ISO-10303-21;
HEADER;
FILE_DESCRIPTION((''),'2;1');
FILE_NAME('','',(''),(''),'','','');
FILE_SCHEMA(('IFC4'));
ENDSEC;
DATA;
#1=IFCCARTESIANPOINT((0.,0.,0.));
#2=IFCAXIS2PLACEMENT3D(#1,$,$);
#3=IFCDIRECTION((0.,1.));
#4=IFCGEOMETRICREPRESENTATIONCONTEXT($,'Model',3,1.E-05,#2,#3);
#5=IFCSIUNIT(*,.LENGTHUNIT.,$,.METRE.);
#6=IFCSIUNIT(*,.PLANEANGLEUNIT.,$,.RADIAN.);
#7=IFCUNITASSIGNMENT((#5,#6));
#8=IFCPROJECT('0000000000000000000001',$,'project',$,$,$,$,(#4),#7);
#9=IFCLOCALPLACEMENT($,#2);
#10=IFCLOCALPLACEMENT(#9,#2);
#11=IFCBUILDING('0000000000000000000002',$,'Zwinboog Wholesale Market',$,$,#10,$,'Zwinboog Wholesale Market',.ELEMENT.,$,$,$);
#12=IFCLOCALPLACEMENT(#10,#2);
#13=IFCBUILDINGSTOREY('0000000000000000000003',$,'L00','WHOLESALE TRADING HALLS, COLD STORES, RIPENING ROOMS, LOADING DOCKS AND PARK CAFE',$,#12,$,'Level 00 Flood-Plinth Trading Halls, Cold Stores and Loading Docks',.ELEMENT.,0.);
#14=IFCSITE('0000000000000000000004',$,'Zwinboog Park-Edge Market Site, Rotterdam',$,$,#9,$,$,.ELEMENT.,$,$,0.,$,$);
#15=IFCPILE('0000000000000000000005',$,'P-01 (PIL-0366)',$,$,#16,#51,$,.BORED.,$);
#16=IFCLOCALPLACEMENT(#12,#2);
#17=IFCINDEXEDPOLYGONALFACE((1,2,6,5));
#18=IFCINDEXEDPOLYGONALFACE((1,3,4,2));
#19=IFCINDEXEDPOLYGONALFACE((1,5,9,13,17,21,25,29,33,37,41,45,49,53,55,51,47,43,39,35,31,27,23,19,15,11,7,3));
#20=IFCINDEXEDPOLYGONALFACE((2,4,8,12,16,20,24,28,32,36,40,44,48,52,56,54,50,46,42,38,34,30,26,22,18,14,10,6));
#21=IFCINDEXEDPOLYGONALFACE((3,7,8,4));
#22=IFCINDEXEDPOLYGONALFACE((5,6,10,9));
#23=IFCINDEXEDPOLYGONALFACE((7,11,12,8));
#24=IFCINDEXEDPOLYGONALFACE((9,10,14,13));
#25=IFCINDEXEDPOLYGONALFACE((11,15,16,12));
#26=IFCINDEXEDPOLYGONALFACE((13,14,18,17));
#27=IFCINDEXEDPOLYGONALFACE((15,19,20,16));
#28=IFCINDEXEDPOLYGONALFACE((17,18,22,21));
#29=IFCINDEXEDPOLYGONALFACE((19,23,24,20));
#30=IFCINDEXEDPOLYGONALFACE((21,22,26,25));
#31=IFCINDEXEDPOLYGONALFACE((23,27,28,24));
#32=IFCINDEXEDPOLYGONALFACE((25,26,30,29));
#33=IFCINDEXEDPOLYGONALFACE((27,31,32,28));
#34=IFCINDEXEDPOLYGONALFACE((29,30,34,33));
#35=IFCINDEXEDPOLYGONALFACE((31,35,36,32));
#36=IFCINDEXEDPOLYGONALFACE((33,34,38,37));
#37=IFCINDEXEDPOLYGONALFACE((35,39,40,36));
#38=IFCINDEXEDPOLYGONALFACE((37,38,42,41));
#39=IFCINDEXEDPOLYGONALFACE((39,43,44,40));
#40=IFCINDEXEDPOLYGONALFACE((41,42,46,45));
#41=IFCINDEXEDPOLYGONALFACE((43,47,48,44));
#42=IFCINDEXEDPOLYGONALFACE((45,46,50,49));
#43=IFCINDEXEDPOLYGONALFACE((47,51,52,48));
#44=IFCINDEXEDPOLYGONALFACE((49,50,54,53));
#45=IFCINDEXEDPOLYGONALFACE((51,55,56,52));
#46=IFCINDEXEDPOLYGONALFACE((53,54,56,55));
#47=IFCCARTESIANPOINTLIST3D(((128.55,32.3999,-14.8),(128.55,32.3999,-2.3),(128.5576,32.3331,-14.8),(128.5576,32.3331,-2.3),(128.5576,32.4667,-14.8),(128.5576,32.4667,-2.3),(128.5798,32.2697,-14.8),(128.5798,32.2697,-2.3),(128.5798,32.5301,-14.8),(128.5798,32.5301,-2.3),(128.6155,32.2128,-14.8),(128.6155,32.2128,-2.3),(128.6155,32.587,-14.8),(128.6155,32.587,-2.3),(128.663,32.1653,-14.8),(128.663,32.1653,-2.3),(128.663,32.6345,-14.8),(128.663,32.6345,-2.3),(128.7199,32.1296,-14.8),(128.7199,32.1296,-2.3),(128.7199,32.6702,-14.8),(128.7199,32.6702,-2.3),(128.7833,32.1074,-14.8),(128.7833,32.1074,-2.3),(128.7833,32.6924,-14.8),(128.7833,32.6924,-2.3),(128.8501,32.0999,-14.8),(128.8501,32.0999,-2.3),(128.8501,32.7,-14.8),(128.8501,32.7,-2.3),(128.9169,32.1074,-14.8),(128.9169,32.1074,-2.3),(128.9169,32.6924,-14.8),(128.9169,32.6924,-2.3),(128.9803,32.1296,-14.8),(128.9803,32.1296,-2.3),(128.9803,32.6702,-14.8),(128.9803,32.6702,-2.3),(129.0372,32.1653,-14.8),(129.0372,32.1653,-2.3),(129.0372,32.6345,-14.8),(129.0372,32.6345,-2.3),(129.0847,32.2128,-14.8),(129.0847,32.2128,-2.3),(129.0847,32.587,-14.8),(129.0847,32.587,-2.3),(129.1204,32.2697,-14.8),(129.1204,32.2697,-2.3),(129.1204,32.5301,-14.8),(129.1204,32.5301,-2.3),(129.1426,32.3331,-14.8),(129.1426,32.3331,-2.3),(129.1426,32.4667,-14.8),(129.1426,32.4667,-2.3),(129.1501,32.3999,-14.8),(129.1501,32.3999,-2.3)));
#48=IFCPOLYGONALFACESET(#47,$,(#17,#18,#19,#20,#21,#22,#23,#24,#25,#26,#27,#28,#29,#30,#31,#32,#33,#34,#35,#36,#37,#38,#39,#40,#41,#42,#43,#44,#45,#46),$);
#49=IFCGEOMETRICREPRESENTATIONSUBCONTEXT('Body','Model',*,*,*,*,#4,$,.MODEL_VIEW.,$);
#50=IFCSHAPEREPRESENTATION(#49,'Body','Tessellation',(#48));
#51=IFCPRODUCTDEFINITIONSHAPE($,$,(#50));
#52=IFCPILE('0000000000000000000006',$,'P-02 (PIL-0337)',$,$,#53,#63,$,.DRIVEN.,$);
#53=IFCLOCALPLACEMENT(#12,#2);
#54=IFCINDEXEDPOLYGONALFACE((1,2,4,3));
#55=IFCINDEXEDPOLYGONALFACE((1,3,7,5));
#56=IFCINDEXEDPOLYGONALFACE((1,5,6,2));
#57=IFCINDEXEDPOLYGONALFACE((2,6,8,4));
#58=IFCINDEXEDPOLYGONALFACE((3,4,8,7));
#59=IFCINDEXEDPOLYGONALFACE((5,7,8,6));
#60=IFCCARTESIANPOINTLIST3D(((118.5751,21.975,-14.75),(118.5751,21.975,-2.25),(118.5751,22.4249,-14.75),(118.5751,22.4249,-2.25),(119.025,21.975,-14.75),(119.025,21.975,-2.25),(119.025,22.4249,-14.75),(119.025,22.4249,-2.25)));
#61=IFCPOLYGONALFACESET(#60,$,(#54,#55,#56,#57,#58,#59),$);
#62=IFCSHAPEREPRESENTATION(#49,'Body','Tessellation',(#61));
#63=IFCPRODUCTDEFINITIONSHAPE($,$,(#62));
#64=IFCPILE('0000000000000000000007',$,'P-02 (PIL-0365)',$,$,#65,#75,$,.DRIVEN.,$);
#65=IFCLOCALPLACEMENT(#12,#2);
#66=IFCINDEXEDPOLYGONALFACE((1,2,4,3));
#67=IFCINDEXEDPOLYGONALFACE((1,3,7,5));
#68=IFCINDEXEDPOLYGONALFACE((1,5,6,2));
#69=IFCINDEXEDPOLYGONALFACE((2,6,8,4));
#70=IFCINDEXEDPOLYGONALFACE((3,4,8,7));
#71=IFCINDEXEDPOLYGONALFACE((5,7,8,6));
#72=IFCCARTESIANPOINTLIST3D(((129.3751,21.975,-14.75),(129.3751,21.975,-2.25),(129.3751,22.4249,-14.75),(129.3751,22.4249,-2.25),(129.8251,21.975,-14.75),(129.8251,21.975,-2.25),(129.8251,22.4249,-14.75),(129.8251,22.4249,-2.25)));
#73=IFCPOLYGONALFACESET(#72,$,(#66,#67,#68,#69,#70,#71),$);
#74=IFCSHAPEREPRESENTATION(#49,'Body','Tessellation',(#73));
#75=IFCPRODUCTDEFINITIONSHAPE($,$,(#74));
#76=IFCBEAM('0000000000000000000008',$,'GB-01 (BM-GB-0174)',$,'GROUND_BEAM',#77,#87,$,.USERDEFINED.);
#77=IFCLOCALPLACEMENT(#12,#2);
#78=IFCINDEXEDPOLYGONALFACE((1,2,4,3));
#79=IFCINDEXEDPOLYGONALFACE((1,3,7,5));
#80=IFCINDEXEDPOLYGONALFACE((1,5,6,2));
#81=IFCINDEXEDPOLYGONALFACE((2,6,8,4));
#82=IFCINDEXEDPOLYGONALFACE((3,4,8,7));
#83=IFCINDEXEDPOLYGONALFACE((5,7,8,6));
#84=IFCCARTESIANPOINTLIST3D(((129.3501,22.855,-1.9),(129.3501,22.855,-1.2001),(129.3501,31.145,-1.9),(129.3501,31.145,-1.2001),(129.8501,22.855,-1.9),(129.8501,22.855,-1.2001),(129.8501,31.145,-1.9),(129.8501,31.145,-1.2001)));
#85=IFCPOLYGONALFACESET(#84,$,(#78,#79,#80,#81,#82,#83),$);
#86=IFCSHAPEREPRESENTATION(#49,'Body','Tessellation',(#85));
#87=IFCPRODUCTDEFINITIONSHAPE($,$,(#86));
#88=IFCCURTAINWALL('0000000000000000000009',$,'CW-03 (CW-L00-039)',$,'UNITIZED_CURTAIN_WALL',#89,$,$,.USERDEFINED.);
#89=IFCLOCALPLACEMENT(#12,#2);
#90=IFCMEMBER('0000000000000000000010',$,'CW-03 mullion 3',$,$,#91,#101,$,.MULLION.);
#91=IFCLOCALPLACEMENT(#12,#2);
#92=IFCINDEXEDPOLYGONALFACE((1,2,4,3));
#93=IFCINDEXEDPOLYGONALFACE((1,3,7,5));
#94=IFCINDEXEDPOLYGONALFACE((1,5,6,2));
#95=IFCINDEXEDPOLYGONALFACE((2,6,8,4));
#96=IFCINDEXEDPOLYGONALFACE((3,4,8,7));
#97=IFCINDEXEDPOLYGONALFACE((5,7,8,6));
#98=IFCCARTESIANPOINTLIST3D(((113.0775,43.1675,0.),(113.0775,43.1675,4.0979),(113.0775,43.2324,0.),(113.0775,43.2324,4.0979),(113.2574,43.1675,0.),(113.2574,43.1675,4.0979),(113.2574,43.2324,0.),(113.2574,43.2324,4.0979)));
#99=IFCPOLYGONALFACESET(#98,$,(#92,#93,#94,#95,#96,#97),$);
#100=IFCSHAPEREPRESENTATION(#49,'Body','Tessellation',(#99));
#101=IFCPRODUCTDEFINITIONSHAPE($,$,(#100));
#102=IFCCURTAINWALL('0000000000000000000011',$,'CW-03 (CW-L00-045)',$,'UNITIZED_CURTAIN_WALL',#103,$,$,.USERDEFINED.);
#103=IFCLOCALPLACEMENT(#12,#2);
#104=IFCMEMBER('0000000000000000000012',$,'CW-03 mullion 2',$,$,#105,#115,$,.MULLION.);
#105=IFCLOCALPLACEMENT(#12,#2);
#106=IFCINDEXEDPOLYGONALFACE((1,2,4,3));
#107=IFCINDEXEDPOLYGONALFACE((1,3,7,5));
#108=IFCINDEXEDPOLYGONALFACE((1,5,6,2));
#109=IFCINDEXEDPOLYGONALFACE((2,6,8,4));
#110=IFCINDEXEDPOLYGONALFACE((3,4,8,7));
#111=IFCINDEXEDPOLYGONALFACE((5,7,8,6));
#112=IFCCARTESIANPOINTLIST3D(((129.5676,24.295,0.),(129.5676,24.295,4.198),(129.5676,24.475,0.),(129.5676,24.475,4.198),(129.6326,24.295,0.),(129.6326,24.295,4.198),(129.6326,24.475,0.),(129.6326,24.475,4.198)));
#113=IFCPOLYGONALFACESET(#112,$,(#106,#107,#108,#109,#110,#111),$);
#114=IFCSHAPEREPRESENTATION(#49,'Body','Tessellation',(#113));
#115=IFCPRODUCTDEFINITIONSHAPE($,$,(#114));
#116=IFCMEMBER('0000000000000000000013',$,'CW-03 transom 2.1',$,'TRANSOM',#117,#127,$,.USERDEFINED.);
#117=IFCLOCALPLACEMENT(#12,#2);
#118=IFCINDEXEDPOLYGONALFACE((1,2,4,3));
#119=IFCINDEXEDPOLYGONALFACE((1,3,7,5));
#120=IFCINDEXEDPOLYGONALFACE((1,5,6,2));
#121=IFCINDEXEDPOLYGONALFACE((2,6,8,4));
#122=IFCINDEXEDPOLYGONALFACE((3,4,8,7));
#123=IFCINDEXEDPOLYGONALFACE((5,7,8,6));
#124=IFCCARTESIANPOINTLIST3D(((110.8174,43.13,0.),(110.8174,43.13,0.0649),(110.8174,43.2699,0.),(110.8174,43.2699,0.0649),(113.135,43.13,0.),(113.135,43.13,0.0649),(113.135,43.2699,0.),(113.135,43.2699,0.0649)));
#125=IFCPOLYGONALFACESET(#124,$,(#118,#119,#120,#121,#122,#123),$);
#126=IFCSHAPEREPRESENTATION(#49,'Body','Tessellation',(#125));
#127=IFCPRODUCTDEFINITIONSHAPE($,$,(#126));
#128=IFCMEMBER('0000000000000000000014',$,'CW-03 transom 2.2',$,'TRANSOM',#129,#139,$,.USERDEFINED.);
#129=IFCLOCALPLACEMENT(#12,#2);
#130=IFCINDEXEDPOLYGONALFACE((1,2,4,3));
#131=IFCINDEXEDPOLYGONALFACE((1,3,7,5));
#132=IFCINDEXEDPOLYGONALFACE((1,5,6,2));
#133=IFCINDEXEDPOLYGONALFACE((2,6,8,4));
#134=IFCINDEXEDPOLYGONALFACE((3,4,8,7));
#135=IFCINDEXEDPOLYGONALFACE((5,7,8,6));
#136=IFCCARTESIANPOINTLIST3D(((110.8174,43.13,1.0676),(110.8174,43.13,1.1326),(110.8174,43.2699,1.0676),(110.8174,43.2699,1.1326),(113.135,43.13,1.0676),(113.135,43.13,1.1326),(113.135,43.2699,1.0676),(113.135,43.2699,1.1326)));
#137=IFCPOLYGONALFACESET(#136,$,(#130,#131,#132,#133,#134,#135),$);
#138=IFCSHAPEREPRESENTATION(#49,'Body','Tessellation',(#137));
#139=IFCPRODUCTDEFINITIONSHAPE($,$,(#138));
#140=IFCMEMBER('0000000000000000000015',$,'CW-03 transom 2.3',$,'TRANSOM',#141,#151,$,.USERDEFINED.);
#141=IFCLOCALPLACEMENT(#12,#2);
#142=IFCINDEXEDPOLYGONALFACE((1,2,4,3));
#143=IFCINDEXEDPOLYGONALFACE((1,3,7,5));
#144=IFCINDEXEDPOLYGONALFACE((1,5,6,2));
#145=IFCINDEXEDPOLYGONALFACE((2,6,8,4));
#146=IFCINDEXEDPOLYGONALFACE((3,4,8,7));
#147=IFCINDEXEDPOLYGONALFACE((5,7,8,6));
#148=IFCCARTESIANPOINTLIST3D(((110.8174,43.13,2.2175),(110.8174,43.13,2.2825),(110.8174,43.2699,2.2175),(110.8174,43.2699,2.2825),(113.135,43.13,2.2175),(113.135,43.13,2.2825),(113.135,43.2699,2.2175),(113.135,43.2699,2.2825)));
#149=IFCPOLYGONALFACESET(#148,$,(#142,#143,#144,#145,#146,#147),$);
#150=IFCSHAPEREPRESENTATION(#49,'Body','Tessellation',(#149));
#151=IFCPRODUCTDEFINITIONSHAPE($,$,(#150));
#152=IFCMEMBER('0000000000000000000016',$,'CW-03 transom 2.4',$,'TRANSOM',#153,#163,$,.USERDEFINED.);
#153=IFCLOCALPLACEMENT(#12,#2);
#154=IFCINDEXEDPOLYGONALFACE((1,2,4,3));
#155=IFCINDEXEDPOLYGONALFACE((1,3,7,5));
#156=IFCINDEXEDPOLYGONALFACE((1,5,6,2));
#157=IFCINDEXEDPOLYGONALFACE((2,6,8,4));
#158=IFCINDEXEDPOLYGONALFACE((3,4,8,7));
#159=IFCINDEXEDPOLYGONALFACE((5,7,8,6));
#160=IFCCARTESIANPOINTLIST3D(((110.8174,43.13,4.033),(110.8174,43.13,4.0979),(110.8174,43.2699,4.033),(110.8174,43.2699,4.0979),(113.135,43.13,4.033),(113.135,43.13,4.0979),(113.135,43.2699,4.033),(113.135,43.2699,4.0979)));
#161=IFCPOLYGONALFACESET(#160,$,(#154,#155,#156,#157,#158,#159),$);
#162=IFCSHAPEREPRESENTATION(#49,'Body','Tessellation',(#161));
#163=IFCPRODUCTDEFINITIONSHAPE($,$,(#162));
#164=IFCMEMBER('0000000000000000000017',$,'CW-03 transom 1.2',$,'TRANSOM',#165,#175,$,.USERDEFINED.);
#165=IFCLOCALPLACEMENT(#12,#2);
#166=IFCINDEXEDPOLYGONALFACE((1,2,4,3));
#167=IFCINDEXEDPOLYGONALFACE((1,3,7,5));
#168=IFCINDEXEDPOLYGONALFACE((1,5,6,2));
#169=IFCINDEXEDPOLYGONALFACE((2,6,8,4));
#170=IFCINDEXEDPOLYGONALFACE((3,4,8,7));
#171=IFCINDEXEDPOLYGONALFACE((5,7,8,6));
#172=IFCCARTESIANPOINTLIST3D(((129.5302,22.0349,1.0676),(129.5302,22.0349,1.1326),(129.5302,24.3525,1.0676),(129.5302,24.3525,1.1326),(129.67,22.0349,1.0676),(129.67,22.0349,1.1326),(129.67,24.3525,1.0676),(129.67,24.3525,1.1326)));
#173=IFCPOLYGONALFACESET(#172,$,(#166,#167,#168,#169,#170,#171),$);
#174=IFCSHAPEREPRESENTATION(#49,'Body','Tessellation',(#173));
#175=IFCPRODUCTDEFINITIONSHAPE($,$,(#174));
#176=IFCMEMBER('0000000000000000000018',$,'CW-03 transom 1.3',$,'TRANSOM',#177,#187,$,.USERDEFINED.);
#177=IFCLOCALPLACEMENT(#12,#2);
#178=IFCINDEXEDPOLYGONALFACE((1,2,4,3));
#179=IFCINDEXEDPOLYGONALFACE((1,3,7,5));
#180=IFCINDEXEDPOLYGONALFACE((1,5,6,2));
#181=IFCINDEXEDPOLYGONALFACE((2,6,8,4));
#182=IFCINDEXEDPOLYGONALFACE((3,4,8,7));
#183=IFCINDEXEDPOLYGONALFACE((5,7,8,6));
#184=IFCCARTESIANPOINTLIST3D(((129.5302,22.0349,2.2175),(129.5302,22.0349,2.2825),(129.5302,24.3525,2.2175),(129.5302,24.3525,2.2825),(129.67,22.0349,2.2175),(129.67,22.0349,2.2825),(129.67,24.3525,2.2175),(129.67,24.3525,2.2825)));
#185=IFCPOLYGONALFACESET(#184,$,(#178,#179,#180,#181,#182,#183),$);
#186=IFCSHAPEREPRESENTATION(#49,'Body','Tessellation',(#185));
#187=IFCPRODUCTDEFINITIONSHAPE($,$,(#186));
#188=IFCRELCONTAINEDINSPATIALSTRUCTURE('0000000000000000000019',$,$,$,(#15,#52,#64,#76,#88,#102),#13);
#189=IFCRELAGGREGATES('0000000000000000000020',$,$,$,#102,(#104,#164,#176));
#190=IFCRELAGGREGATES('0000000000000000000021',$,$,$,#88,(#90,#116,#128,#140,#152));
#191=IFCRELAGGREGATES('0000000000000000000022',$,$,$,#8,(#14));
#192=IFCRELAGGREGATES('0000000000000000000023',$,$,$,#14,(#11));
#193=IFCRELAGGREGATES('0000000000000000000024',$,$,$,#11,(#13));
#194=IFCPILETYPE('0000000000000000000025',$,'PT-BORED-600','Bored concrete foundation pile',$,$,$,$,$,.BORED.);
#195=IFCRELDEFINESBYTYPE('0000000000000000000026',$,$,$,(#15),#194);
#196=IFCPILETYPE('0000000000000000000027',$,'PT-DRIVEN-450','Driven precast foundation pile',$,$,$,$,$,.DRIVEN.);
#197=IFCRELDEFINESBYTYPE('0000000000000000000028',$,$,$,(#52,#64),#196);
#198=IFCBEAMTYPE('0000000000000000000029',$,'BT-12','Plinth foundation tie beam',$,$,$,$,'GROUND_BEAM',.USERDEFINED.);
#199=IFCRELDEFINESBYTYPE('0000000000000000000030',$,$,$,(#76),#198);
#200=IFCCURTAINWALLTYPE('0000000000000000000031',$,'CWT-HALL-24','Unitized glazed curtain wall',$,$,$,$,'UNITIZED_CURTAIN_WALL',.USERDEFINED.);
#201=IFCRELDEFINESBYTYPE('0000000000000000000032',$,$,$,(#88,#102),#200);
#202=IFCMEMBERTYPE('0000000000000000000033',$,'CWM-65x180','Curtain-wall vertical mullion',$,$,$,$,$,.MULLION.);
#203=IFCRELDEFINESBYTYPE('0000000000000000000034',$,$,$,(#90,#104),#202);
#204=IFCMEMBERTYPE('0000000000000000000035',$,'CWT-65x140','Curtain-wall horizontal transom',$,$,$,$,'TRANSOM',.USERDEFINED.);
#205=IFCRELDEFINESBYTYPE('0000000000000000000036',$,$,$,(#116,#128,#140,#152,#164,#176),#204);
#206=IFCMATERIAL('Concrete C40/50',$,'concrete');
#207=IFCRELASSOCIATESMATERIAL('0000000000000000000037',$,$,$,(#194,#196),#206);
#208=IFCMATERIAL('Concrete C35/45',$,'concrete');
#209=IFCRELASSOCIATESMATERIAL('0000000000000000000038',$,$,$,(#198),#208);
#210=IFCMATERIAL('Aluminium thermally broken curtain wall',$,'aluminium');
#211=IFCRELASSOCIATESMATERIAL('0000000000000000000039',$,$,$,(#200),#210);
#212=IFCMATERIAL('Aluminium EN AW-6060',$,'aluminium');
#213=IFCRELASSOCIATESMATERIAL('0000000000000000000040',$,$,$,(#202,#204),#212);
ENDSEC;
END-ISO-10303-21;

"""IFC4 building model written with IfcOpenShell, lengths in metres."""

from ifc_helpers import new_model, si_unit, direction, frame, origin, origin_2d, place, context, subcontext, project, spatial, rectangle, circle, extrude, material, material_profile, profile_set, type_object, element, aggregate, save


model = new_model("IFC4")

# Units and contexts
model_context = context("Model", 3, precision=1e-05, world=origin(), true_north=direction((0.0, 1.0)))
body_context = subcontext(model_context, "Body", "Model", "MODEL_VIEW")
ifc_project = project(units=[si_unit("LENGTHUNIT", "METRE"), si_unit("PLANEANGLEUNIT", "RADIAN")], contexts=[model_context])

# Site, building, storey
site_placement = place(None, origin())
site = spatial("IfcSite", under=ifc_project, at=site_placement, Name="Zwinboog Park-Edge Market Site, Rotterdam", CompositionType="ELEMENT", RefElevation=0.0)
building_placement = place(site_placement, origin())
building = spatial("IfcBuilding", under=site, at=building_placement, Name="Zwinboog Wholesale Market", LongName="Zwinboog Wholesale Market", CompositionType="ELEMENT")
storey_placement = place(building_placement, origin())
storey = spatial("IfcBuildingStorey", under=building, at=storey_placement, Name="L00", Description="WHOLESALE TRADING HALLS, COLD STORES, RIPENING ROOMS, LOADING DOCKS AND PARK CAFE", LongName="Level 00 Flood-Plinth Trading Halls, Cold Stores and Loading Docks", CompositionType="ELEMENT", Elevation=0.0)

# Piles
ifc_material_1 = material(Name="Concrete C40/50", Category="concrete")
ifc_material_profile_1 = material_profile(ifc_material_1, circle(Radius=0.3, at=origin_2d()), Name="PILE D600")
ifc_profile_set_1 = profile_set([ifc_material_profile_1], Name="Concrete C40/50")
pile_type_1 = type_object("IfcPileType", Name="PT-BORED-600", Description="Bored concrete foundation pile", PredefinedType="BORED", material=ifc_profile_set_1)
pile_placement = place(storey_placement, frame((128.8501, 32.3999, -2.3), z_axis=(0.0, 0.0, -1.0), x_axis=(1.0, 0.0, 0.0)))
element("IfcPile", 1, at=pile_placement, inside=storey, type_object=pile_type_1, Name="P-01 (PIL-0366)", PredefinedType="BORED", context=body_context, shape_type="SweptSolid", body=[
    extrude(circle(Radius=0.3, at=origin_2d()), origin(), (0.0, 0.0, 1.0), 12.5),
])
ifc_material_profile_2 = material_profile(ifc_material_1, rectangle(XDim=0.45, YDim=0.45, at=origin_2d()), Name="PILE SQ450")
ifc_profile_set_2 = profile_set([ifc_material_profile_2], Name="Concrete C40/50")
pile_type_2 = type_object("IfcPileType", Name="PT-DRIVEN-450", Description="Driven precast foundation pile", PredefinedType="DRIVEN", material=ifc_profile_set_2)
for number, where, z_axis, x_axis, name in (
    (2, (118.8, 22.2, -2.25), (0.0, 0.0, -1.0), (1.0, 0.0, 0.0), "P-02 (PIL-0337)"),
    (3, (129.6001, 22.2, -2.25), (0.0, 0.0, -1.0), (1.0, 0.0, 0.0), "P-02 (PIL-0365)"),
):
    element("IfcPile", number, at=place(storey_placement, frame(where, z_axis=z_axis, x_axis=x_axis)), inside=storey, type_object=pile_type_2, Name=name, PredefinedType="DRIVEN", context=body_context, shape_type="SweptSolid", body=[
        extrude(rectangle(XDim=0.45, YDim=0.45, at=origin_2d()), origin(), (0.0, 0.0, 1.0), 12.5),
    ])

# Beam
ifc_material_2 = material(Name="Concrete C35/45", Category="concrete")
ifc_material_profile_3 = material_profile(ifc_material_2, rectangle(XDim=0.5, YDim=0.7, at=origin_2d()), Name="RC 500x700")
ifc_profile_set_3 = profile_set([ifc_material_profile_3], Name="Concrete C35/45")
beam_type = type_object("IfcBeamType", Name="BT-12", Description="Plinth foundation tie beam", ElementType="GROUND_BEAM", PredefinedType="USERDEFINED", material=ifc_profile_set_3)
beam_placement = place(storey_placement, frame((129.6001, 22.855, -1.55), z_axis=(0.0, 1.0, 0.0), x_axis=(-1.0, 0.0, 0.0)))
element("IfcBeam", 4, at=beam_placement, inside=storey, type_object=beam_type, Name="GB-01 (BM-GB-0174)", ObjectType="GROUND_BEAM", PredefinedType="USERDEFINED", context=body_context, shape_type="SweptSolid", body=[
    extrude(rectangle(XDim=0.5, YDim=0.7, at=origin_2d()), origin(), (0.0, 0.0, 1.0), 8.29),
])

# Curtain walls, members
ifc_material_3 = material(Name="Aluminium thermally broken curtain wall", Category="aluminium")
curtain_wall_type = type_object("IfcCurtainWallType", Name="CWT-HALL-24", Description="Unitized glazed curtain wall", ElementType="UNITIZED_CURTAIN_WALL", PredefinedType="USERDEFINED", material=ifc_material_3)
curtain_wall_1_placement = place(storey_placement, origin())
curtain_wall_1 = element("IfcCurtainWall", 5, at=curtain_wall_1_placement, inside=storey, type_object=curtain_wall_type, Name="CW-03 (CW-L00-039)", ObjectType="UNITIZED_CURTAIN_WALL", PredefinedType="USERDEFINED")
ifc_material_4 = material(Name="Aluminium EN AW-6060", Category="aluminium")
ifc_material_profile_4 = material_profile(ifc_material_4, rectangle(XDim=0.0649, YDim=0.1799, at=origin_2d()), Name="AL 65x180")
ifc_profile_set_4 = profile_set([ifc_material_profile_4], Name="Aluminium EN AW-6060")
member_type_1 = type_object("IfcMemberType", Name="CWM-65x180", Description="Curtain-wall vertical mullion", PredefinedType="MULLION", material=ifc_profile_set_4)
member_1_placement = place(storey_placement, frame((113.1675, 43.2, 0.0), z_axis=(0.0, 0.0, 1.0), x_axis=(0.0, 1.0, 0.0)))
member_1 = element("IfcMember", 6, at=member_1_placement, type_object=member_type_1, Name="CW-03 mullion 3", PredefinedType="MULLION", context=body_context, shape_type="SweptSolid", body=[
    extrude(rectangle(XDim=0.0649, YDim=0.1799, at=origin_2d()), origin(), (0.0, 0.0, 1.0), 4.0979),
])
curtain_wall_2_placement = place(storey_placement, origin())
curtain_wall_2 = element("IfcCurtainWall", 7, at=curtain_wall_2_placement, inside=storey, type_object=curtain_wall_type, Name="CW-03 (CW-L00-045)", ObjectType="UNITIZED_CURTAIN_WALL", PredefinedType="USERDEFINED")
member_2_placement = place(storey_placement, frame((129.6001, 24.385, 0.0), z_axis=(0.0, 0.0, 1.0), x_axis=(-1.0, 0.0, 0.0)))
member_2 = element("IfcMember", 8, at=member_2_placement, type_object=member_type_1, Name="CW-03 mullion 2", PredefinedType="MULLION", context=body_context, shape_type="SweptSolid", body=[
    extrude(rectangle(XDim=0.0649, YDim=0.1799, at=origin_2d()), origin(), (0.0, 0.0, 1.0), 4.198),
])

# Members
ifc_material_profile_5 = material_profile(ifc_material_4, rectangle(XDim=0.1399, YDim=0.0649, at=origin_2d()), Name="AL 65x140")
ifc_profile_set_5 = profile_set([ifc_material_profile_5], Name="Aluminium EN AW-6060")
member_type_2 = type_object("IfcMemberType", Name="CWT-65x140", Description="Curtain-wall horizontal transom", ElementType="TRANSOM", PredefinedType="USERDEFINED", material=ifc_profile_set_5)
member_3_placement = place(storey_placement, frame((110.8174, 43.2, 0.0325), z_axis=(1.0, 0.0, 0.0), x_axis=(0.0, 1.0, 0.0)))
member_3 = element("IfcMember", 9, at=member_3_placement, type_object=member_type_2, Name="CW-03 transom 2.1", ObjectType="TRANSOM", PredefinedType="USERDEFINED", context=body_context, shape_type="SweptSolid", body=[
    extrude(rectangle(XDim=0.1399, YDim=0.0649, at=origin_2d()), origin(), (0.0, 0.0, 1.0), 2.3176),
])
member_4_placement = place(storey_placement, frame((110.8174, 43.2, 1.1001), z_axis=(1.0, 0.0, 0.0), x_axis=(0.0, 1.0, 0.0)))
member_4 = element("IfcMember", 10, at=member_4_placement, type_object=member_type_2, Name="CW-03 transom 2.2", ObjectType="TRANSOM", PredefinedType="USERDEFINED", context=body_context, shape_type="SweptSolid", body=[
    extrude(rectangle(XDim=0.1399, YDim=0.0649, at=origin_2d()), origin(), (0.0, 0.0, 1.0), 2.3176),
])
member_5_placement = place(storey_placement, frame((110.8174, 43.2, 2.25), z_axis=(1.0, 0.0, 0.0), x_axis=(0.0, 1.0, 0.0)))
member_5 = element("IfcMember", 11, at=member_5_placement, type_object=member_type_2, Name="CW-03 transom 2.3", ObjectType="TRANSOM", PredefinedType="USERDEFINED", context=body_context, shape_type="SweptSolid", body=[
    extrude(rectangle(XDim=0.1399, YDim=0.0649, at=origin_2d()), origin(), (0.0, 0.0, 1.0), 2.3176),
])
member_6_placement = place(storey_placement, frame((110.8174, 43.2, 4.0654), z_axis=(1.0, 0.0, 0.0), x_axis=(0.0, 1.0, 0.0)))
member_6 = element("IfcMember", 12, at=member_6_placement, type_object=member_type_2, Name="CW-03 transom 2.4", ObjectType="TRANSOM", PredefinedType="USERDEFINED", context=body_context, shape_type="SweptSolid", body=[
    extrude(rectangle(XDim=0.1399, YDim=0.0649, at=origin_2d()), origin(), (0.0, 0.0, 1.0), 2.3176),
])
member_7_placement = place(storey_placement, frame((129.6001, 22.0349, 1.1001), z_axis=(0.0, 1.0, 0.0), x_axis=(-1.0, 0.0, 0.0)))
member_7 = element("IfcMember", 13, at=member_7_placement, type_object=member_type_2, Name="CW-03 transom 1.2", ObjectType="TRANSOM", PredefinedType="USERDEFINED", context=body_context, shape_type="SweptSolid", body=[
    extrude(rectangle(XDim=0.1399, YDim=0.0649, at=origin_2d()), origin(), (0.0, 0.0, 1.0), 2.3176),
])
member_8_placement = place(storey_placement, frame((129.6001, 22.0349, 2.25), z_axis=(0.0, 1.0, 0.0), x_axis=(-1.0, 0.0, 0.0)))
member_8 = element("IfcMember", 14, at=member_8_placement, type_object=member_type_2, Name="CW-03 transom 1.3", ObjectType="TRANSOM", PredefinedType="USERDEFINED", context=body_context, shape_type="SweptSolid", body=[
    extrude(rectangle(XDim=0.1399, YDim=0.0649, at=origin_2d()), origin(), (0.0, 0.0, 1.0), 2.3176),
])

aggregate(curtain_wall_2, [member_2, member_7, member_8])
aggregate(curtain_wall_1, [member_1, member_3, member_4, member_5, member_6])

save(model, "model.ifc")
